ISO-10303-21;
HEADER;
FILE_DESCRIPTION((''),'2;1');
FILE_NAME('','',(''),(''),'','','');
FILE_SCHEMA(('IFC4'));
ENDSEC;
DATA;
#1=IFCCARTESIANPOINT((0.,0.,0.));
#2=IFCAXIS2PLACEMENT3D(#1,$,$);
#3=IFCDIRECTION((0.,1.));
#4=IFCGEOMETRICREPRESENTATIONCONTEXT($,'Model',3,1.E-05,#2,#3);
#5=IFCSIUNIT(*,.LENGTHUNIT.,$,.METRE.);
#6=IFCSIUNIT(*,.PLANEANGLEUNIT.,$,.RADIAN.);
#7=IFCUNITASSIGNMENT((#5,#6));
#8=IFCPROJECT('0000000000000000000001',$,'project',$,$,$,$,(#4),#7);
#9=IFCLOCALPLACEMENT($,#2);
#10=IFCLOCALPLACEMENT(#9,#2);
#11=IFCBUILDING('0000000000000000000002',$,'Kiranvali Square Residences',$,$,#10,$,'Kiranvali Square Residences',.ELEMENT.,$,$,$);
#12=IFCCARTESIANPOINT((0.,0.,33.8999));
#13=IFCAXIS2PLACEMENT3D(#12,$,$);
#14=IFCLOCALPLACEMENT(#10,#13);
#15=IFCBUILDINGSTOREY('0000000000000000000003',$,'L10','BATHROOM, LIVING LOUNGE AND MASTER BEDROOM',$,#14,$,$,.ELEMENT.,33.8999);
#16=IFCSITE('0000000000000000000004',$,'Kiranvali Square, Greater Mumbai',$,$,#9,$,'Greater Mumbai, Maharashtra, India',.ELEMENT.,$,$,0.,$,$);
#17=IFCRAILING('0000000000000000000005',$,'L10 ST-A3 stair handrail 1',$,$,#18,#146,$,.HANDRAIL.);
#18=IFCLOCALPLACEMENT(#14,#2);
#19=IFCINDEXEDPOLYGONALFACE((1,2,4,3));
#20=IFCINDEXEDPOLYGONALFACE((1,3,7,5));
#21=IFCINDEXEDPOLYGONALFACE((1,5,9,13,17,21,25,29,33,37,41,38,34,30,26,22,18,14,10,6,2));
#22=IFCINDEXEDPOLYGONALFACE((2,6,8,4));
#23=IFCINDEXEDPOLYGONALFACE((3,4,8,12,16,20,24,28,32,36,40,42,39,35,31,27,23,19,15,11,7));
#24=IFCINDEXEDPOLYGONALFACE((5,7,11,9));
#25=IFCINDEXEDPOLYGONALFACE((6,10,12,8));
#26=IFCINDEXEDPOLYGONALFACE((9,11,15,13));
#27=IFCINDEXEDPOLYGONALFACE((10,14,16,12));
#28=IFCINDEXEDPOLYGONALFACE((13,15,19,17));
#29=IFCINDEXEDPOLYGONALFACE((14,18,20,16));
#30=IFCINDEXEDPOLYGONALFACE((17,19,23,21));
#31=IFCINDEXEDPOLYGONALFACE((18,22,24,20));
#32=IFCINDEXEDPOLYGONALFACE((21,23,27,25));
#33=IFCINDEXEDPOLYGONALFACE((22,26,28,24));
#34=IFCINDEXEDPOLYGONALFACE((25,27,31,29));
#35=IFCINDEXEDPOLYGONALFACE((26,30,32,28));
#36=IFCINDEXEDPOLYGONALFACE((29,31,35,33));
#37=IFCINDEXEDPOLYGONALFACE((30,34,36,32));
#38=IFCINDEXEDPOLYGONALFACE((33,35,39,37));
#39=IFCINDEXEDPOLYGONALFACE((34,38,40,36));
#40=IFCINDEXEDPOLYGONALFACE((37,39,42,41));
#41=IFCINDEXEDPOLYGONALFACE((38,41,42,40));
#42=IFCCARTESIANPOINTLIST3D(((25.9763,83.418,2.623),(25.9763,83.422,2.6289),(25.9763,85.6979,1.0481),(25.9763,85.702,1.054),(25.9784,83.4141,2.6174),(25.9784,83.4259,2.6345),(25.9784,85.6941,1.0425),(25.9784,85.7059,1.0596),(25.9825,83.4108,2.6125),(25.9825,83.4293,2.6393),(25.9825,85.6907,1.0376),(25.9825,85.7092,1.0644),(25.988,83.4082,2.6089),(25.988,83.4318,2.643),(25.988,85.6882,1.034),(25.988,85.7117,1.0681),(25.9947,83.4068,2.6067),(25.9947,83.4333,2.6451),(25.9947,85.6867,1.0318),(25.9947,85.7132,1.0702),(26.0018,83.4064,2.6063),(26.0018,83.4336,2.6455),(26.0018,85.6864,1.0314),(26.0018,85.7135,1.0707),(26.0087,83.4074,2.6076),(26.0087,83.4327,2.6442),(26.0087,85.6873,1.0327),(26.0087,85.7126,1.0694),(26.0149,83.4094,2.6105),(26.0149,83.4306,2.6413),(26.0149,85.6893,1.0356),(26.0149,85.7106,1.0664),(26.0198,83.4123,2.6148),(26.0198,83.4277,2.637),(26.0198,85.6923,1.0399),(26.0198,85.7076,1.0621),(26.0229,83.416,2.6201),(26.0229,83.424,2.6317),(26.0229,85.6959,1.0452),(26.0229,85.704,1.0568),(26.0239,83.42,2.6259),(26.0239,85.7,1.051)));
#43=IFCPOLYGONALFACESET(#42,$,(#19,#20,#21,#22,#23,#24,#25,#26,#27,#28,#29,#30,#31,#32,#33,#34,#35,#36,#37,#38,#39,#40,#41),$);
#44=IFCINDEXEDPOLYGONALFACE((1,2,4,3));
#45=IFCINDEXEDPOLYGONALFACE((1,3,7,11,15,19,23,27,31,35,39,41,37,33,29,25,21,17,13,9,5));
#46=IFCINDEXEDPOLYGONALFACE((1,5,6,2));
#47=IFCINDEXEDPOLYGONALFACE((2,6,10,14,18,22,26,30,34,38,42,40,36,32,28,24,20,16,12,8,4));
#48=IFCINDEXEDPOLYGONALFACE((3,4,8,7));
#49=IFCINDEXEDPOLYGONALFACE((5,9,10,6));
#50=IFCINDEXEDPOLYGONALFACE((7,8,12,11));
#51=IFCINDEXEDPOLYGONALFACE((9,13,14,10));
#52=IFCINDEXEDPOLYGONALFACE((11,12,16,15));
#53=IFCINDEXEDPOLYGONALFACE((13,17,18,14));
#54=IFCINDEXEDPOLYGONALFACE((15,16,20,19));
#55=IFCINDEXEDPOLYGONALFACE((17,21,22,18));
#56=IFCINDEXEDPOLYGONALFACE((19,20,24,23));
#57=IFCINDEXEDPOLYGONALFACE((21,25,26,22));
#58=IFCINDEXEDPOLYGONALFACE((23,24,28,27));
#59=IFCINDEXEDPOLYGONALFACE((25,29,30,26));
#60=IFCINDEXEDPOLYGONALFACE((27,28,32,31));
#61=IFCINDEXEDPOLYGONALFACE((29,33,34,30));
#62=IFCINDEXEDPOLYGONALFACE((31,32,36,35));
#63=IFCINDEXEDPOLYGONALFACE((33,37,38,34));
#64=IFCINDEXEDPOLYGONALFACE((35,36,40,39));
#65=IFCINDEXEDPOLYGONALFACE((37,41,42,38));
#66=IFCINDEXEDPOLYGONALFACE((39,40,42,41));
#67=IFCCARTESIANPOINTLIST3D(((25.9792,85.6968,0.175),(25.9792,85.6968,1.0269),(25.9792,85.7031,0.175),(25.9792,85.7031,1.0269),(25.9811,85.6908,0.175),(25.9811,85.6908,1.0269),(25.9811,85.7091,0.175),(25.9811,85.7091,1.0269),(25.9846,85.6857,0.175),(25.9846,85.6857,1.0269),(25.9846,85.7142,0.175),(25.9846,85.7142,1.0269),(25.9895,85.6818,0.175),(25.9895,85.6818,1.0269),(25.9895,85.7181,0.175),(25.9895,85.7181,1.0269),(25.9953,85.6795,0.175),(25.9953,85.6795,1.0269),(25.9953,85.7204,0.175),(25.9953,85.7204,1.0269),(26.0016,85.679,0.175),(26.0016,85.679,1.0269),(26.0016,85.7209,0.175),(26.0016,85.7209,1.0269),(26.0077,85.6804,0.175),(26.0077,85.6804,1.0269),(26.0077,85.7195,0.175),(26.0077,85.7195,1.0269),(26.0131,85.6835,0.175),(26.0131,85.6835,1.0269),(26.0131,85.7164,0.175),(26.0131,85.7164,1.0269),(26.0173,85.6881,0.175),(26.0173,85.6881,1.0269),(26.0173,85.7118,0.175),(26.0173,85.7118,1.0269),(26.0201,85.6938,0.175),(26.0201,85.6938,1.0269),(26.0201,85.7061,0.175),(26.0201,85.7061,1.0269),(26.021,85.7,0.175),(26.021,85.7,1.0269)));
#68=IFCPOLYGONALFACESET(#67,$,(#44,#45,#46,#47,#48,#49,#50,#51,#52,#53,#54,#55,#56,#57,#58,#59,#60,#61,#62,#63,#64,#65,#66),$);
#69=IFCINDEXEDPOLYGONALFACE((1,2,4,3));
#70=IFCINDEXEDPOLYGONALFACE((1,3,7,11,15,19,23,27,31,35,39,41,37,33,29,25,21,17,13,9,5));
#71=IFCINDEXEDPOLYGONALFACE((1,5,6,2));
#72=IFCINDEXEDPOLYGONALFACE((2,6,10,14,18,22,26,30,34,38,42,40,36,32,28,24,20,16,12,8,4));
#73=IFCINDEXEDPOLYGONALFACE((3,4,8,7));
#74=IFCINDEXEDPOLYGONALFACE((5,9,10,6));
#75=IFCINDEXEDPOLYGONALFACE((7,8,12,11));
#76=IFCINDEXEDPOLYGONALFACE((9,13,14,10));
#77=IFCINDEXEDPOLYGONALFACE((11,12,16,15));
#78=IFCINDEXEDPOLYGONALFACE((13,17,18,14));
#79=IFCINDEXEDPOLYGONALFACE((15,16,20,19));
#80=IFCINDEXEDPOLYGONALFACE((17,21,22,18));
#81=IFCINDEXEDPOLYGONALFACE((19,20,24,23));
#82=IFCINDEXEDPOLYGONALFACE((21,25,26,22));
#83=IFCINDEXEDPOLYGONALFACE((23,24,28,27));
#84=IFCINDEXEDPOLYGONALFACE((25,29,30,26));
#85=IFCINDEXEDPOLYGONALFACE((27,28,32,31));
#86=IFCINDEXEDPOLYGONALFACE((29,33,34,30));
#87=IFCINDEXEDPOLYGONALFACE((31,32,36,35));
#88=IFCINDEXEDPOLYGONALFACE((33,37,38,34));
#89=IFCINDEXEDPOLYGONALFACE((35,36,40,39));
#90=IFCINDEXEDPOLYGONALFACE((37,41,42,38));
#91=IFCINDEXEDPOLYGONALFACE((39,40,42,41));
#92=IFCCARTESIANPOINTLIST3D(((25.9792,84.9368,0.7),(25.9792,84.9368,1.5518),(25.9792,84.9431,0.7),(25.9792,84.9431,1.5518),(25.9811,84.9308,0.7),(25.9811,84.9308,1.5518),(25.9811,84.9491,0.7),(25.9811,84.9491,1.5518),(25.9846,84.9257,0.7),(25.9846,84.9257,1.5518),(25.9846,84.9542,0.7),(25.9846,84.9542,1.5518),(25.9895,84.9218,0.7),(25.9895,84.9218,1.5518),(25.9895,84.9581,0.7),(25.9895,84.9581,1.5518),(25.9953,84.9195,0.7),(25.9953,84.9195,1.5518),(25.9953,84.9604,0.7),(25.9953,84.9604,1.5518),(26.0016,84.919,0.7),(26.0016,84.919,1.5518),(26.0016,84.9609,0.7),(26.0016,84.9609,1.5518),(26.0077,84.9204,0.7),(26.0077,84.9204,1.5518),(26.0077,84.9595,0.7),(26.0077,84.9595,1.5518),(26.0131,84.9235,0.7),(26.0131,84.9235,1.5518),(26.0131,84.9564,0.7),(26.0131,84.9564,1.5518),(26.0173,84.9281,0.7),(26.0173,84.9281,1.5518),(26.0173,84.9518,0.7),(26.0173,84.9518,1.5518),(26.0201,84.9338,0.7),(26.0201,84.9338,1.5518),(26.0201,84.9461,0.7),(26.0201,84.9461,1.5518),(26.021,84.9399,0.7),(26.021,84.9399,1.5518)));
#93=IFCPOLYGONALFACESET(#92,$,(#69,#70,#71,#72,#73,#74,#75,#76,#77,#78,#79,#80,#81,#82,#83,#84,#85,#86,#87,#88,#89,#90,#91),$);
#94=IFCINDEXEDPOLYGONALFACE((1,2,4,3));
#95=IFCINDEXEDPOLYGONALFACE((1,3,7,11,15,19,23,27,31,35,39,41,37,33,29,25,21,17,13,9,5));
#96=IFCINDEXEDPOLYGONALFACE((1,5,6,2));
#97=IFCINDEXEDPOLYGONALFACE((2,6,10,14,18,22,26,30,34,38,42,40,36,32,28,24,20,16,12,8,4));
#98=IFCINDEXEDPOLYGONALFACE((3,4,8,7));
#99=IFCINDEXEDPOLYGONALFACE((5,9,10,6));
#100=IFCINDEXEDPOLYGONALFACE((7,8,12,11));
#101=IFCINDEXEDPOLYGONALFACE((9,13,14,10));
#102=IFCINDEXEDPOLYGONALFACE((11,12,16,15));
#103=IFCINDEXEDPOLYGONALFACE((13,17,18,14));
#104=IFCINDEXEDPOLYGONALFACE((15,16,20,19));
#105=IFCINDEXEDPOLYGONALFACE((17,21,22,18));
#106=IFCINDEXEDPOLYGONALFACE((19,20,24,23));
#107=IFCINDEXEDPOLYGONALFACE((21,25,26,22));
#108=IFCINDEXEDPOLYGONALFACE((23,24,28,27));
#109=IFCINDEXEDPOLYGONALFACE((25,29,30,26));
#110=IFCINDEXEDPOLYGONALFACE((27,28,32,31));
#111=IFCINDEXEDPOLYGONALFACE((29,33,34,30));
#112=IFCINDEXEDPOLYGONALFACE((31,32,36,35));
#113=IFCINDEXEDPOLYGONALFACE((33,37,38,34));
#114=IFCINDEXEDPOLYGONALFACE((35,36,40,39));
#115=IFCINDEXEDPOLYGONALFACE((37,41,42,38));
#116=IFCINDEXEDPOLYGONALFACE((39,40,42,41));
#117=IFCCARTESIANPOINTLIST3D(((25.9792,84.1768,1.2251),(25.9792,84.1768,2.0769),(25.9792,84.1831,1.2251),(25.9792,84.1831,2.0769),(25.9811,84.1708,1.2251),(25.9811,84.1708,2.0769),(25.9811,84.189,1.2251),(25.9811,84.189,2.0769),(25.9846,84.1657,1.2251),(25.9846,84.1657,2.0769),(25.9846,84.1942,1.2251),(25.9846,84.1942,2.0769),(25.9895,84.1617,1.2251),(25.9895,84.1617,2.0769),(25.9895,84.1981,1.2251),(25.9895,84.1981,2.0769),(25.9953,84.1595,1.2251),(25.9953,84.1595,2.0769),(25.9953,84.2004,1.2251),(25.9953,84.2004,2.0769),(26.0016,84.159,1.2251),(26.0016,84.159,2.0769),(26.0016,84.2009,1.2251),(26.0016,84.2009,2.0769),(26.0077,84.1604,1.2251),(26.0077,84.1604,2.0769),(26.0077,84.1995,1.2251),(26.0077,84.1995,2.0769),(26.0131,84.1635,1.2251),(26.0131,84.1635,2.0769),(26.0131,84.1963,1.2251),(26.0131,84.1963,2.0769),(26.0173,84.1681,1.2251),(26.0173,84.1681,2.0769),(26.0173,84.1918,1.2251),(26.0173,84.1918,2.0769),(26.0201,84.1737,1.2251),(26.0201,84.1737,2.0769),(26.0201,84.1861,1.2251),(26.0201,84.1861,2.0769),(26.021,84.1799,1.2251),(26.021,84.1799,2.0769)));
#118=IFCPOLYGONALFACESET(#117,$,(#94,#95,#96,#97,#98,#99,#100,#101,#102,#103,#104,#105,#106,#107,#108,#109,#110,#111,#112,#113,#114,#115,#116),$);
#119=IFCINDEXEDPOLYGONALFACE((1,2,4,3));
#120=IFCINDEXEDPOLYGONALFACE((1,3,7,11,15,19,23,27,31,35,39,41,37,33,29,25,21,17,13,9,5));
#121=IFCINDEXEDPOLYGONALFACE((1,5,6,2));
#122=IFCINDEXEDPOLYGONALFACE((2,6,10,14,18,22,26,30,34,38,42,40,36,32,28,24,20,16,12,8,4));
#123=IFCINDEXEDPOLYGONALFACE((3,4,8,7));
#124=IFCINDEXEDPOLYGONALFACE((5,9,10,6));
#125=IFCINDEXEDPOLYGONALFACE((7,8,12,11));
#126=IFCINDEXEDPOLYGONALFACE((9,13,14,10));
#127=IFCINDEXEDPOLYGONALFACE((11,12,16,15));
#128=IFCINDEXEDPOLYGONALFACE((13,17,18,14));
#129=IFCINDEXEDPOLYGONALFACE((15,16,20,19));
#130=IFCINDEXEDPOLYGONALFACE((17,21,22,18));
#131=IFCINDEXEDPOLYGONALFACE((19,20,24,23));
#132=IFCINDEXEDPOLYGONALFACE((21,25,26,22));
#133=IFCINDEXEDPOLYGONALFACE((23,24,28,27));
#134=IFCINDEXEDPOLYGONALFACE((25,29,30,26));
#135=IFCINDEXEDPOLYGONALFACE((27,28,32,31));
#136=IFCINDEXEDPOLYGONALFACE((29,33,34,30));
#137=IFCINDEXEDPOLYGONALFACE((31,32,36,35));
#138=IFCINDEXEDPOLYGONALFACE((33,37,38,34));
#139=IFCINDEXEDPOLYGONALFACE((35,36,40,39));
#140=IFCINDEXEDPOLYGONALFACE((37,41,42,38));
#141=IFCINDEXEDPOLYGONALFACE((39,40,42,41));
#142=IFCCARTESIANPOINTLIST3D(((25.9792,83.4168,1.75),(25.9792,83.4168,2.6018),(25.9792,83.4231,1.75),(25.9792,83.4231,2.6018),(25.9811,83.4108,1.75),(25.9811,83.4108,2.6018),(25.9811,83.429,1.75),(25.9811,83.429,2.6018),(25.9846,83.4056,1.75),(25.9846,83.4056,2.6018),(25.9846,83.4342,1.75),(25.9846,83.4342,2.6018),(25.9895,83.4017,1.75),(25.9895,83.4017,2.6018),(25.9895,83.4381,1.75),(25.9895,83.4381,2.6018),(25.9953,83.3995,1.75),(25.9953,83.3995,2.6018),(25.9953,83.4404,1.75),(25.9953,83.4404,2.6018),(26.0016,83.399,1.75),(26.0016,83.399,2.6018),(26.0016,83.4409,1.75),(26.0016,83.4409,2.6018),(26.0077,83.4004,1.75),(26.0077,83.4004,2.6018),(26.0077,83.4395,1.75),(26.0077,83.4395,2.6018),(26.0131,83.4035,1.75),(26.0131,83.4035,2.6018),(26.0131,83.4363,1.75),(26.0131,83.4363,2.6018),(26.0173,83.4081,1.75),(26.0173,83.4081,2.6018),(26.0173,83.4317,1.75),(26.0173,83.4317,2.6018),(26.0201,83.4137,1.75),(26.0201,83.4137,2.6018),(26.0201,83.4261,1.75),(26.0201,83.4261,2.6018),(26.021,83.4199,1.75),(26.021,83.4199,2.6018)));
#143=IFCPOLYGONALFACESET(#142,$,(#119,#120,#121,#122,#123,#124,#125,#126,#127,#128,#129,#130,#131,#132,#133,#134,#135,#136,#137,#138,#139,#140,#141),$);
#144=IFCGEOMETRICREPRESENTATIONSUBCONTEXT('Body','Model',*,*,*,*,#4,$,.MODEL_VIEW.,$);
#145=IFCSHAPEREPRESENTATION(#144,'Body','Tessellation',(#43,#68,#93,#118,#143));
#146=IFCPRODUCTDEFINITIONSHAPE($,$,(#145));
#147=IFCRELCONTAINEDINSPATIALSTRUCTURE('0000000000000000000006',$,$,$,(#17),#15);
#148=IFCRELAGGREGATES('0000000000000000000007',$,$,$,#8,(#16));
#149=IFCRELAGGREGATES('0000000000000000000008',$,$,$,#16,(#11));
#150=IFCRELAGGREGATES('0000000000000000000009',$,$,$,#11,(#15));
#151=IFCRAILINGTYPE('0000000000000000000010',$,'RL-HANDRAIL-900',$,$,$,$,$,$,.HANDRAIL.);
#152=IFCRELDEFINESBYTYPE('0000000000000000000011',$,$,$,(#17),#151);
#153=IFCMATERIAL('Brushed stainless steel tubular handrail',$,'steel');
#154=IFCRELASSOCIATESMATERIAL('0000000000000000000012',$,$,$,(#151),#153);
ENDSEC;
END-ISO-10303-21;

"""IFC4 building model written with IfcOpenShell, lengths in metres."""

from ifc_helpers import new_model, si_unit, direction, frame, origin, origin_2d, place, context, subcontext, project, spatial, circle, extrude, material, type_object, element, save


model = new_model("IFC4")

# Units and contexts
model_context = context("Model", 3, precision=1e-05, world=origin(), true_north=direction((0.0, 1.0)))
body_context = subcontext(model_context, "Body", "Model", "MODEL_VIEW")
ifc_project = project(units=[si_unit("LENGTHUNIT", "METRE"), si_unit("PLANEANGLEUNIT", "RADIAN")], contexts=[model_context])

# Site, building, storey
site_placement = place(None, origin())
site = spatial("IfcSite", under=ifc_project, at=site_placement, Name="Kiranvali Square, Greater Mumbai", LongName="Greater Mumbai, Maharashtra, India", CompositionType="ELEMENT", RefElevation=0.0)
building_placement = place(site_placement, origin())
building = spatial("IfcBuilding", under=site, at=building_placement, Name="Kiranvali Square Residences", LongName="Kiranvali Square Residences", CompositionType="ELEMENT")
storey_placement = place(building_placement, frame((0.0, 0.0, 33.8999)))
storey = spatial("IfcBuildingStorey", under=building, at=storey_placement, Name="L10", Description="BATHROOM, LIVING LOUNGE AND MASTER BEDROOM", CompositionType="ELEMENT", Elevation=33.8999)

# Railing
ifc_material_1 = material(Name="Brushed stainless steel tubular handrail", Category="steel")
railing_type_1 = type_object("IfcRailingType", Name="RL-HANDRAIL-900", PredefinedType="HANDRAIL", material=ifc_material_1)
railing_1_placement = place(storey_placement, frame((26.0, 85.7, 0.175)))
element("IfcRailing", 1, at=railing_1_placement, inside=storey, type_object=railing_type_1, Name="L10 ST-A3 stair handrail 1", PredefinedType="HANDRAIL", context=body_context, shape_type="SweptSolid", body=[
    extrude(circle(Radius=0.0239, at=origin_2d()), frame((0.0, 0.0, 0.876), z_axis=(0.0, -0.822788, 0.568348), x_axis=(1.0, 0.0, 0.0)), (0.0, 0.0, 1.0), 2.771),
    extrude(circle(Radius=0.021, at=origin_2d()), origin(), (0.0, 0.0, 1.0), 0.8518),
    extrude(circle(Radius=0.021, at=origin_2d()), frame((0.0, -0.76, 0.5249)), (0.0, 0.0, 1.0), 0.8518),
    extrude(circle(Radius=0.021, at=origin_2d()), frame((0.0, -1.52, 1.05)), (0.0, 0.0, 1.0), 0.8518),
    extrude(circle(Radius=0.021, at=origin_2d()), frame((0.0, -2.28, 1.575)), (0.0, 0.0, 1.0), 0.8518),
])

save(model, "model.ifc")
